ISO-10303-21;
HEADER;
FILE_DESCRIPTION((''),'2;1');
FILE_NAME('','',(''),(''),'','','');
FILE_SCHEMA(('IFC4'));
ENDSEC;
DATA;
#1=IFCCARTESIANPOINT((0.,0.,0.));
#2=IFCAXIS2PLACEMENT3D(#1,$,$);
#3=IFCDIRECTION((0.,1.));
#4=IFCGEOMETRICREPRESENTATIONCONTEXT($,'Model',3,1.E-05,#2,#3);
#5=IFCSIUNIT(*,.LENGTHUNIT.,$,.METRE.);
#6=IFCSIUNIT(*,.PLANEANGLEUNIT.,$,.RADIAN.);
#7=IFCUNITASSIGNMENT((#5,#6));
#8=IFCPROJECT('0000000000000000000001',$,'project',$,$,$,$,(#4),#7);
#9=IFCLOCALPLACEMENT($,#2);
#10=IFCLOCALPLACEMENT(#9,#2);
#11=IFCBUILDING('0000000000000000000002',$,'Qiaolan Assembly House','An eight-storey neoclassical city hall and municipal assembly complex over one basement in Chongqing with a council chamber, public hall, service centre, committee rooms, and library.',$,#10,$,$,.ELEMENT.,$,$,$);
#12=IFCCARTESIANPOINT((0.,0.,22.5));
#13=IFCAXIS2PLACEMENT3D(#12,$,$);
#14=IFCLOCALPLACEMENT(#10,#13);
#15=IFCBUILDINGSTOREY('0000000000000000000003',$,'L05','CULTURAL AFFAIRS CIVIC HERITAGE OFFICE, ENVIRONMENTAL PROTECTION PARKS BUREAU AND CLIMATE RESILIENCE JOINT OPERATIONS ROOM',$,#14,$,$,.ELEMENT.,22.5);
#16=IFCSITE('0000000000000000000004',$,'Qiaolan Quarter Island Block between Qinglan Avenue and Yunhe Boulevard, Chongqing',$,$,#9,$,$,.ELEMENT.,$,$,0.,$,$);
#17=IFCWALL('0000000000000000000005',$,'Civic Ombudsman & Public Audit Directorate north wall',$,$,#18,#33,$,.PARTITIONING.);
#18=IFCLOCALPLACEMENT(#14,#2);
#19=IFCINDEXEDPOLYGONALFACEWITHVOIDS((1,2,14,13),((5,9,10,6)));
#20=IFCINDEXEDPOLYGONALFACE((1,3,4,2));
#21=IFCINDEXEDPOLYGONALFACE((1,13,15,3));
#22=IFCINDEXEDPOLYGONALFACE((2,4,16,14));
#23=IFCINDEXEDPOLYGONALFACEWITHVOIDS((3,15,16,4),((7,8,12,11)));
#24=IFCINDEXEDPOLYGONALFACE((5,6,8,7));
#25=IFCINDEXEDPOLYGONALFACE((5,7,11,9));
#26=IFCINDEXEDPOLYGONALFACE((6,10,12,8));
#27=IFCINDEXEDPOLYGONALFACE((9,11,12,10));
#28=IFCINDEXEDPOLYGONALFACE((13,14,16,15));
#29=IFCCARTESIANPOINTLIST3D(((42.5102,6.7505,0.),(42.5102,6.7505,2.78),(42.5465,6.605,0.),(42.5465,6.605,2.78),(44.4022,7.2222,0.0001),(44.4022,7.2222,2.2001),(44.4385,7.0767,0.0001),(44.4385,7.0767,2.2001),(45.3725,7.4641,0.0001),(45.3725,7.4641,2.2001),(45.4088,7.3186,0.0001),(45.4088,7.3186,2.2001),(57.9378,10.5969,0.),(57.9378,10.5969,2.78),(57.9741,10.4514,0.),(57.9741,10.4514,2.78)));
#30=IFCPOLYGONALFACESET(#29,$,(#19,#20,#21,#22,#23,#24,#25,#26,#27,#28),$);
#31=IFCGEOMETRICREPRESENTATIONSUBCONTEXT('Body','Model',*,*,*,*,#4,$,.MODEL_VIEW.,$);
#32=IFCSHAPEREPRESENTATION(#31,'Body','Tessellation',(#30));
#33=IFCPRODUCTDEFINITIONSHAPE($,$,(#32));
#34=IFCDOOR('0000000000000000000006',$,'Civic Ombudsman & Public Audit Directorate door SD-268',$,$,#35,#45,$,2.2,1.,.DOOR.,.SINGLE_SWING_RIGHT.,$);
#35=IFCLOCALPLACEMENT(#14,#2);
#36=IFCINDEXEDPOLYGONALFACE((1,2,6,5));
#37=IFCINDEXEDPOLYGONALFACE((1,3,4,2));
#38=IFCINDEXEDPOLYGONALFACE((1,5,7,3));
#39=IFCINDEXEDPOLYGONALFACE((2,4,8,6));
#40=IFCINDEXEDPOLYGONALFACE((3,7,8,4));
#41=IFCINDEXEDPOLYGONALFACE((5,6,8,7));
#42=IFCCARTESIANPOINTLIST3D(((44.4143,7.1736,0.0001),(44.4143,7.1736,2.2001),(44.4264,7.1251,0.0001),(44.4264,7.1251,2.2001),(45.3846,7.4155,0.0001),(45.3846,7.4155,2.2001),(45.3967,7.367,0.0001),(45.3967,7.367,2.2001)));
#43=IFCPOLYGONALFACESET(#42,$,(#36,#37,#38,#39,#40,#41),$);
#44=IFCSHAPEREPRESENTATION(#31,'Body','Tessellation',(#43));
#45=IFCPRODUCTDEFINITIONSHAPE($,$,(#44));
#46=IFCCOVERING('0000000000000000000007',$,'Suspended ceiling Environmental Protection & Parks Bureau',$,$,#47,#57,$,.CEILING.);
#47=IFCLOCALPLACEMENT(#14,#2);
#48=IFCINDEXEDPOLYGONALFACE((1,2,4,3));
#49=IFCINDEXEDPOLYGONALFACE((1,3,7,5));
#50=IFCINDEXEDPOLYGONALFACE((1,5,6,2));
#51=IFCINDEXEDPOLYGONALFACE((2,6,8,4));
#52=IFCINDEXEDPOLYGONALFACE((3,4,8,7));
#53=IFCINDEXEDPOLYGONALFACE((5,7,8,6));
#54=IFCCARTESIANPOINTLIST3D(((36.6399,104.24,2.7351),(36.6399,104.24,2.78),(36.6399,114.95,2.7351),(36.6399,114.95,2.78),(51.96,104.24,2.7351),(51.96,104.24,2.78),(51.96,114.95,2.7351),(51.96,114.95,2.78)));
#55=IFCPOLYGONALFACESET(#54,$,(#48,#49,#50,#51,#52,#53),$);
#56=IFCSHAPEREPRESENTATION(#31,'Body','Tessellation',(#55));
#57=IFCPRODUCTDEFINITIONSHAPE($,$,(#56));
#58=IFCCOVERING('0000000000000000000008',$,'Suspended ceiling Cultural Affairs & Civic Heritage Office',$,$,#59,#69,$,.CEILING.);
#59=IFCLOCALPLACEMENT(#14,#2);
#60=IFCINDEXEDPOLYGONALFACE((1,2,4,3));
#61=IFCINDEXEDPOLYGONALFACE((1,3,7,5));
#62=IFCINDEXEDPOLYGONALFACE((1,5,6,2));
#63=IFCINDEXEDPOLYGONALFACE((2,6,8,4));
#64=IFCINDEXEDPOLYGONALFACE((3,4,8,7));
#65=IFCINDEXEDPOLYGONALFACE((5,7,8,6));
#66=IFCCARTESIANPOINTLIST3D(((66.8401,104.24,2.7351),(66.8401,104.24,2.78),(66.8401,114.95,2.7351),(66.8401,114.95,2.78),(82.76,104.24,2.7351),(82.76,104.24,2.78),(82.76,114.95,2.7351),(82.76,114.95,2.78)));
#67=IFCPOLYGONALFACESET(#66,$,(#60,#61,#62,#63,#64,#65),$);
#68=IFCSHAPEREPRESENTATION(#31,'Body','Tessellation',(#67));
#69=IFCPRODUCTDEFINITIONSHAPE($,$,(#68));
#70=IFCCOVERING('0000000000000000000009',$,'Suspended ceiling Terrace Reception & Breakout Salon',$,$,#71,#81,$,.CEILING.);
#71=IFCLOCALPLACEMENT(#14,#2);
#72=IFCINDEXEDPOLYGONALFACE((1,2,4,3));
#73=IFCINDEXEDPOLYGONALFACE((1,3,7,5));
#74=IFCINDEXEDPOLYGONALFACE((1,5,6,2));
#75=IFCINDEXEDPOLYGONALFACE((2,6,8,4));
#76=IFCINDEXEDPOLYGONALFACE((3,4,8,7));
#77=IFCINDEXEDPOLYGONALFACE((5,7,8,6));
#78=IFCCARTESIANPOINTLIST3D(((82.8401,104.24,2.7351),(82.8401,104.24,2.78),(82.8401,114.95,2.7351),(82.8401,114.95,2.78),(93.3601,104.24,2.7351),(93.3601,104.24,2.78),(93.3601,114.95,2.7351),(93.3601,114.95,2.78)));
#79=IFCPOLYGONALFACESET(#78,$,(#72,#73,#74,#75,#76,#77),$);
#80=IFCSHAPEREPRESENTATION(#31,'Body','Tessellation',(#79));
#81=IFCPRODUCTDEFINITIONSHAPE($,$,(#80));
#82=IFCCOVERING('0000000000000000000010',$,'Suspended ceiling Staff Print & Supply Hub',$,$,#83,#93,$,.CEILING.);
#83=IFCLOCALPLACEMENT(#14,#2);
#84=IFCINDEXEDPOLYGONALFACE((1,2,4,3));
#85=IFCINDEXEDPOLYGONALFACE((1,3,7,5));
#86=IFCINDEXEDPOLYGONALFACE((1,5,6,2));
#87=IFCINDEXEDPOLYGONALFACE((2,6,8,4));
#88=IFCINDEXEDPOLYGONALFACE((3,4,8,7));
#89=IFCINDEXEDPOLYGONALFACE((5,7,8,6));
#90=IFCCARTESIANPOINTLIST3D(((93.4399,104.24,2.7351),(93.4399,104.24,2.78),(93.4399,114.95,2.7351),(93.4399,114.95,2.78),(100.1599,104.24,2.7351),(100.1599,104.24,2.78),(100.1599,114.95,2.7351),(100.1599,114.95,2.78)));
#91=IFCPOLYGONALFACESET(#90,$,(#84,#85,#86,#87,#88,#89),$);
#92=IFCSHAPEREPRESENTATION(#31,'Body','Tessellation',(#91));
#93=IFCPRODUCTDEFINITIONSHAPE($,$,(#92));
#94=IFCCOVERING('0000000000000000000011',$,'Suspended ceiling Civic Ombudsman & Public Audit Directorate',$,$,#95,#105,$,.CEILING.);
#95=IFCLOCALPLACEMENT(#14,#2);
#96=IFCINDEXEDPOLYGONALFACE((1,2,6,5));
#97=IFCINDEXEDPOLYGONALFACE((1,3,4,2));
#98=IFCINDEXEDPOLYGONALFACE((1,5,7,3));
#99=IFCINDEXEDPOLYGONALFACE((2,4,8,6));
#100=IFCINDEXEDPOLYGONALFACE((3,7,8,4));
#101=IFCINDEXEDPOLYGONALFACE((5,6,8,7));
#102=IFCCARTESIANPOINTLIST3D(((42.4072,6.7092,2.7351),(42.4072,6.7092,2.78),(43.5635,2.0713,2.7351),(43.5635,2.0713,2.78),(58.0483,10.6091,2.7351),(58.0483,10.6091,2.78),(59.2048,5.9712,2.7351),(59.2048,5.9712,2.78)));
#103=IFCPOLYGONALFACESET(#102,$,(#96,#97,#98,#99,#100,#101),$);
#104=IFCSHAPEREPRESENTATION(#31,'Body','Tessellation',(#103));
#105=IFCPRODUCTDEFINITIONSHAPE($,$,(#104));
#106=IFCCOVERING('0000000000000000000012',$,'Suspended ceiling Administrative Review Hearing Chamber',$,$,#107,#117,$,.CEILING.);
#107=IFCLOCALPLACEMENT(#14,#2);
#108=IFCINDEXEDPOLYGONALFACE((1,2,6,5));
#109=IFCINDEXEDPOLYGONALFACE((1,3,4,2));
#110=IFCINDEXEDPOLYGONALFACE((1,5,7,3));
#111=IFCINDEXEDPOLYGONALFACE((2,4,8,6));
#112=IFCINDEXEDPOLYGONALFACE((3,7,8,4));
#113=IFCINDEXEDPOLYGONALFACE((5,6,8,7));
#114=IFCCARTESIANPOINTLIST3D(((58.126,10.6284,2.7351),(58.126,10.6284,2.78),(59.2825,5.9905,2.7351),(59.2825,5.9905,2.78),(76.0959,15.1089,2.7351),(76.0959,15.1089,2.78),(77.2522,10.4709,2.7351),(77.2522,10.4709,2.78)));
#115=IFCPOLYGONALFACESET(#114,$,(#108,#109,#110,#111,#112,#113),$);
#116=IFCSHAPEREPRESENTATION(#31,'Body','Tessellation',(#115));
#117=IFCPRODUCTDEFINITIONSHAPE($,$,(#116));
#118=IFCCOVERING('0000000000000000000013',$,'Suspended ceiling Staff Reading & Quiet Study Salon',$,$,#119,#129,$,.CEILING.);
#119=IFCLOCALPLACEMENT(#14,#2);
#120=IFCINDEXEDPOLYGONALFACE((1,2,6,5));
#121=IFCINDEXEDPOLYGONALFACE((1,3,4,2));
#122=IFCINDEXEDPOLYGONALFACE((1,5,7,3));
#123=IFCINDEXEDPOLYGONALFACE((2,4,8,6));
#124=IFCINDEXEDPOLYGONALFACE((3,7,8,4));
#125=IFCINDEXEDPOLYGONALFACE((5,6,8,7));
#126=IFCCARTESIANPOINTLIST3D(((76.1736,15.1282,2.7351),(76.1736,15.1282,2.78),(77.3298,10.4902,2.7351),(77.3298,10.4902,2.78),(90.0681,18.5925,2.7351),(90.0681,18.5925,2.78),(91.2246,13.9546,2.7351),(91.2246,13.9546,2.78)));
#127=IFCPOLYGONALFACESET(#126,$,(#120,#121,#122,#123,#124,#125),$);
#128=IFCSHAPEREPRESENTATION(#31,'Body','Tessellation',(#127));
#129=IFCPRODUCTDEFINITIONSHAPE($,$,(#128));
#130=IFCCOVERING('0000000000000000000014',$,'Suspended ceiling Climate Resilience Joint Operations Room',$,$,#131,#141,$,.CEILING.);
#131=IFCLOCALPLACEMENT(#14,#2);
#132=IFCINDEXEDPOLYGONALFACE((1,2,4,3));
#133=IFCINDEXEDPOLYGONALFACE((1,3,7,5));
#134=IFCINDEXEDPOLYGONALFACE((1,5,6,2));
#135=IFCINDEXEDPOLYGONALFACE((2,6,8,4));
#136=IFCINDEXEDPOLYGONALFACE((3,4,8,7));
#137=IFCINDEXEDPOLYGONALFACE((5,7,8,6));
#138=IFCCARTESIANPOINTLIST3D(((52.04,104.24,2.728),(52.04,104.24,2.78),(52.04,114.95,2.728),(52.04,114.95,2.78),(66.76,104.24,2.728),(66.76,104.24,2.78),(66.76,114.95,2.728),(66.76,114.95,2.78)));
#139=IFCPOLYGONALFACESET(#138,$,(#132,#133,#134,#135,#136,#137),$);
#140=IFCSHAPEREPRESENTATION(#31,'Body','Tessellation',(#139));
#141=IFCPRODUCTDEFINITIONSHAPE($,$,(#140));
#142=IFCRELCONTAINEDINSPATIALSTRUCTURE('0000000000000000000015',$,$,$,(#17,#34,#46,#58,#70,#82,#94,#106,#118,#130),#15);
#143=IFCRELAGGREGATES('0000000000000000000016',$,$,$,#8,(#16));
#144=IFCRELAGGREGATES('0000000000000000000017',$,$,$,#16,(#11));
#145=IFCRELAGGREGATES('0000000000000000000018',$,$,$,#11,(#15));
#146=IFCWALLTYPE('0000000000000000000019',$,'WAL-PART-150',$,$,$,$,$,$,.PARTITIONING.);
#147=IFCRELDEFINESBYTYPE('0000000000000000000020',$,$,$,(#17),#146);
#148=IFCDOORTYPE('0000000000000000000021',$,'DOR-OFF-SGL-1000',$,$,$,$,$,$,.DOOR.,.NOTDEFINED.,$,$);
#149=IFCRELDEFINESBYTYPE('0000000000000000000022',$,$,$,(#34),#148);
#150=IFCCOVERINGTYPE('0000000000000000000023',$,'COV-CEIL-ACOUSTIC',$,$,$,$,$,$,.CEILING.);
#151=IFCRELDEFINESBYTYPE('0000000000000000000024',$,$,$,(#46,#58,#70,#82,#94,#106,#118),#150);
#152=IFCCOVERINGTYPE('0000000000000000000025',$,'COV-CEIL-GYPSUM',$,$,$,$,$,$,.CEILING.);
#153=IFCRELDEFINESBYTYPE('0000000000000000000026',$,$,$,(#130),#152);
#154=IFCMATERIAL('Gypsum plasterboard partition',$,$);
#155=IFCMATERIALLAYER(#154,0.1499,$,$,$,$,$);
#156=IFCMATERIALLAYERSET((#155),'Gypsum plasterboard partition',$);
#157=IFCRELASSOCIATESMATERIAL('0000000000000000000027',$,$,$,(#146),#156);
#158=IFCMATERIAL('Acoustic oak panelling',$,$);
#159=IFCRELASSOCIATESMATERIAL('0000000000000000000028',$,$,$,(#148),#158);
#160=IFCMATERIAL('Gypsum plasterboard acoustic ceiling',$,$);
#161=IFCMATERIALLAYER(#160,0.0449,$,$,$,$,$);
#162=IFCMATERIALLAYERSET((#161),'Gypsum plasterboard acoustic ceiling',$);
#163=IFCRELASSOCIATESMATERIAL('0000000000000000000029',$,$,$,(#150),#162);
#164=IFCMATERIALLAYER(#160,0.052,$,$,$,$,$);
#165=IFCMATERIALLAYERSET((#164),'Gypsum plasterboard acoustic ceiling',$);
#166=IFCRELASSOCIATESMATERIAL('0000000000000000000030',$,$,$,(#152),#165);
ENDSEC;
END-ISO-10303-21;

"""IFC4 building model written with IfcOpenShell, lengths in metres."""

from ifc_helpers import new_model, si_unit, direction, frame, frame_2d, origin, place, context, subcontext, project, spatial, polyline, rectangle, outline, extrude, material, layer, layer_set, type_object, element, fill, save


model = new_model("IFC4")

# Units and contexts
model_context = context("Model", 3, precision=1e-05, world=origin(), true_north=direction((0.0, 1.0)))
body_context = subcontext(model_context, "Body", "Model", "MODEL_VIEW")
ifc_project = project(units=[si_unit("LENGTHUNIT", "METRE"), si_unit("PLANEANGLEUNIT", "RADIAN")], contexts=[model_context])

# Site, building, storey
site_placement = place(None, origin())
site = spatial("IfcSite", under=ifc_project, at=site_placement, Name="Qiaolan Quarter Island Block between Qinglan Avenue and Yunhe Boulevard, Chongqing", CompositionType="ELEMENT", RefElevation=0.0)
building_placement = place(site_placement, origin())
building = spatial("IfcBuilding", under=site, at=building_placement, Name="Qiaolan Assembly House", Description="An eight-storey neoclassical city hall and municipal assembly complex over one basement in Chongqing with a council chamber, public hall, service centre, committee rooms, and library.", CompositionType="ELEMENT")
storey_placement = place(building_placement, frame((0.0, 0.0, 22.5)))
storey = spatial("IfcBuildingStorey", under=building, at=storey_placement, Name="L05", Description="CULTURAL AFFAIRS CIVIC HERITAGE OFFICE, ENVIRONMENTAL PROTECTION PARKS BUREAU AND CLIMATE RESILIENCE JOINT OPERATIONS ROOM", CompositionType="ELEMENT", Elevation=22.5)

# Wall, opening, door
ifc_material_1 = material(Name="Gypsum plasterboard partition")
ifc_layer_1 = layer(ifc_material_1, 0.1499)
ifc_layer_set_1 = layer_set([ifc_layer_1], Name="Gypsum plasterboard partition")
wall_type_1 = type_object("IfcWallType", Name="WAL-PART-150", PredefinedType="PARTITIONING", material=ifc_layer_set_1)
wall_1_placement = place(storey_placement, frame((42.5283, 6.6777, 0.0), z_axis=(0.0, 0.0, 1.0), x_axis=(0.970298, 0.241914, 0.0)))
wall_1 = element("IfcWall", 1, at=wall_1_placement, inside=storey, type_object=wall_type_1, Name="Civic Ombudsman & Public Audit Directorate north wall", PredefinedType="PARTITIONING", context=body_context, shape_type="SweptSolid", body=[
    extrude(rectangle(XDim=15.8999, YDim=0.1499, at=frame_2d((7.95, 0.0))), origin(), (0.0, 0.0, 1.0), 2.78),
])
opening_1_placement = place(wall_1_placement, frame((1.95, 0.0, 0.0)))
opening_1 = element("IfcOpeningElement", 2, at=opening_1_placement, cuts=wall_1, PredefinedType="OPENING", context=body_context, shape_type="SweptSolid", body=[
    extrude(rectangle(XDim=1.0, YDim=2.2, at=frame_2d((0.5, 1.1001))), frame((0.0, 0.085, 0.0), z_axis=(0.0, -1.0, 0.0), x_axis=(1.0, 0.0, 0.0)), (0.0, 0.0, 1.0), 0.1699),
])
ifc_material_2 = material(Name="Acoustic oak panelling")
door_type = type_object("IfcDoorType", Name="DOR-OFF-SGL-1000", OperationType="NOTDEFINED", PredefinedType="DOOR", material=ifc_material_2)
door_placement = place(opening_1_placement, origin())
door = element("IfcDoor", 3, at=door_placement, inside=storey, type_object=door_type, Name="Civic Ombudsman & Public Audit Directorate door SD-268", OperationType="SINGLE_SWING_RIGHT", OverallHeight=2.2, OverallWidth=1.0, PredefinedType="DOOR", context=body_context, shape_type="SweptSolid", body=[
    extrude(rectangle(XDim=1.0, YDim=2.2, at=frame_2d((0.5, 1.1001))), frame((0.0, 0.0249, 0.0), z_axis=(0.0, -1.0, 0.0), x_axis=(1.0, 0.0, 0.0)), (0.0, 0.0, 1.0), 0.05),
])
fill(opening_1, door)

# Coverings
ifc_material_3 = material(Name="Gypsum plasterboard acoustic ceiling")
ifc_layer_2 = layer(ifc_material_3, 0.0449)
ifc_layer_set_2 = layer_set([ifc_layer_2], Name="Gypsum plasterboard acoustic ceiling")
covering_type_1 = type_object("IfcCoveringType", Name="COV-CEIL-ACOUSTIC", PredefinedType="CEILING", material=ifc_layer_set_2)
covering_1_placement = place(storey_placement, frame((0.0, 0.0, 2.7351)))
element("IfcCovering", 4, at=covering_1_placement, inside=storey, type_object=covering_type_1, Name="Suspended ceiling Environmental Protection & Parks Bureau", PredefinedType="CEILING", context=body_context, shape_type="SweptSolid", body=[
    extrude(outline(polyline([(36.6399, 104.24), (51.96, 104.24), (51.96, 114.95), (36.6399, 114.95), (36.6399, 104.24)])), origin(), (0.0, 0.0, 1.0), 0.0449),
])
covering_2_placement = place(storey_placement, frame((0.0, 0.0, 2.7351)))
element("IfcCovering", 5, at=covering_2_placement, inside=storey, type_object=covering_type_1, Name="Suspended ceiling Cultural Affairs & Civic Heritage Office", PredefinedType="CEILING", context=body_context, shape_type="SweptSolid", body=[
    extrude(outline(polyline([(66.8401, 104.24), (82.76, 104.24), (82.76, 114.95), (66.8401, 114.95), (66.8401, 104.24)])), origin(), (0.0, 0.0, 1.0), 0.0449),
])
covering_3_placement = place(storey_placement, frame((0.0, 0.0, 2.7351)))
element("IfcCovering", 6, at=covering_3_placement, inside=storey, type_object=covering_type_1, Name="Suspended ceiling Terrace Reception & Breakout Salon", PredefinedType="CEILING", context=body_context, shape_type="SweptSolid", body=[
    extrude(outline(polyline([(82.8401, 104.24), (93.3601, 104.24), (93.3601, 114.95), (82.8401, 114.95), (82.8401, 104.24)])), origin(), (0.0, 0.0, 1.0), 0.0449),
])
covering_4_placement = place(storey_placement, frame((0.0, 0.0, 2.7351)))
element("IfcCovering", 7, at=covering_4_placement, inside=storey, type_object=covering_type_1, Name="Suspended ceiling Staff Print & Supply Hub", PredefinedType="CEILING", context=body_context, shape_type="SweptSolid", body=[
    extrude(outline(polyline([(93.4399, 104.24), (100.1599, 104.24), (100.1599, 114.95), (93.4399, 114.95), (93.4399, 104.24)])), origin(), (0.0, 0.0, 1.0), 0.0449),
])
covering_5_placement = place(storey_placement, frame((0.0, 0.0, 2.7351)))
element("IfcCovering", 8, at=covering_5_placement, inside=storey, type_object=covering_type_1, Name="Suspended ceiling Civic Ombudsman & Public Audit Directorate", PredefinedType="CEILING", context=body_context, shape_type="SweptSolid", body=[
    extrude(outline(polyline([(43.5635, 2.0713), (59.2048, 5.9712), (58.0483, 10.6091), (42.4072, 6.7092), (43.5635, 2.0713)])), origin(), (0.0, 0.0, 1.0), 0.0449),
])
covering_6_placement = place(storey_placement, frame((0.0, 0.0, 2.7351)))
element("IfcCovering", 9, at=covering_6_placement, inside=storey, type_object=covering_type_1, Name="Suspended ceiling Administrative Review Hearing Chamber", PredefinedType="CEILING", context=body_context, shape_type="SweptSolid", body=[
    extrude(outline(polyline([(59.2825, 5.9905), (77.2522, 10.4709), (76.0959, 15.1089), (58.126, 10.6284), (59.2825, 5.9905)])), origin(), (0.0, 0.0, 1.0), 0.0449),
])
covering_7_placement = place(storey_placement, frame((0.0, 0.0, 2.7351)))
element("IfcCovering", 10, at=covering_7_placement, inside=storey, type_object=covering_type_1, Name="Suspended ceiling Staff Reading & Quiet Study Salon", PredefinedType="CEILING", context=body_context, shape_type="SweptSolid", body=[
    extrude(outline(polyline([(77.3298, 10.4902), (91.2246, 13.9546), (90.0681, 18.5925), (76.1736, 15.1282), (77.3298, 10.4902)])), origin(), (0.0, 0.0, 1.0), 0.0449),
])
ifc_layer_3 = layer(ifc_material_3, 0.052)
ifc_layer_set_3 = layer_set([ifc_layer_3], Name="Gypsum plasterboard acoustic ceiling")
covering_type_2 = type_object("IfcCoveringType", Name="COV-CEIL-GYPSUM", PredefinedType="CEILING", material=ifc_layer_set_3)
covering_8_placement = place(storey_placement, frame((0.0, 0.0, 2.728)))
element("IfcCovering", 11, at=covering_8_placement, inside=storey, type_object=covering_type_2, Name="Suspended ceiling Climate Resilience Joint Operations Room", PredefinedType="CEILING", context=body_context, shape_type="SweptSolid", body=[
    extrude(outline(polyline([(52.04, 104.24), (66.76, 104.24), (66.76, 114.95), (52.04, 114.95), (52.04, 104.24)])), origin(), (0.0, 0.0, 1.0), 0.052),
])

save(model, "model.ifc")
